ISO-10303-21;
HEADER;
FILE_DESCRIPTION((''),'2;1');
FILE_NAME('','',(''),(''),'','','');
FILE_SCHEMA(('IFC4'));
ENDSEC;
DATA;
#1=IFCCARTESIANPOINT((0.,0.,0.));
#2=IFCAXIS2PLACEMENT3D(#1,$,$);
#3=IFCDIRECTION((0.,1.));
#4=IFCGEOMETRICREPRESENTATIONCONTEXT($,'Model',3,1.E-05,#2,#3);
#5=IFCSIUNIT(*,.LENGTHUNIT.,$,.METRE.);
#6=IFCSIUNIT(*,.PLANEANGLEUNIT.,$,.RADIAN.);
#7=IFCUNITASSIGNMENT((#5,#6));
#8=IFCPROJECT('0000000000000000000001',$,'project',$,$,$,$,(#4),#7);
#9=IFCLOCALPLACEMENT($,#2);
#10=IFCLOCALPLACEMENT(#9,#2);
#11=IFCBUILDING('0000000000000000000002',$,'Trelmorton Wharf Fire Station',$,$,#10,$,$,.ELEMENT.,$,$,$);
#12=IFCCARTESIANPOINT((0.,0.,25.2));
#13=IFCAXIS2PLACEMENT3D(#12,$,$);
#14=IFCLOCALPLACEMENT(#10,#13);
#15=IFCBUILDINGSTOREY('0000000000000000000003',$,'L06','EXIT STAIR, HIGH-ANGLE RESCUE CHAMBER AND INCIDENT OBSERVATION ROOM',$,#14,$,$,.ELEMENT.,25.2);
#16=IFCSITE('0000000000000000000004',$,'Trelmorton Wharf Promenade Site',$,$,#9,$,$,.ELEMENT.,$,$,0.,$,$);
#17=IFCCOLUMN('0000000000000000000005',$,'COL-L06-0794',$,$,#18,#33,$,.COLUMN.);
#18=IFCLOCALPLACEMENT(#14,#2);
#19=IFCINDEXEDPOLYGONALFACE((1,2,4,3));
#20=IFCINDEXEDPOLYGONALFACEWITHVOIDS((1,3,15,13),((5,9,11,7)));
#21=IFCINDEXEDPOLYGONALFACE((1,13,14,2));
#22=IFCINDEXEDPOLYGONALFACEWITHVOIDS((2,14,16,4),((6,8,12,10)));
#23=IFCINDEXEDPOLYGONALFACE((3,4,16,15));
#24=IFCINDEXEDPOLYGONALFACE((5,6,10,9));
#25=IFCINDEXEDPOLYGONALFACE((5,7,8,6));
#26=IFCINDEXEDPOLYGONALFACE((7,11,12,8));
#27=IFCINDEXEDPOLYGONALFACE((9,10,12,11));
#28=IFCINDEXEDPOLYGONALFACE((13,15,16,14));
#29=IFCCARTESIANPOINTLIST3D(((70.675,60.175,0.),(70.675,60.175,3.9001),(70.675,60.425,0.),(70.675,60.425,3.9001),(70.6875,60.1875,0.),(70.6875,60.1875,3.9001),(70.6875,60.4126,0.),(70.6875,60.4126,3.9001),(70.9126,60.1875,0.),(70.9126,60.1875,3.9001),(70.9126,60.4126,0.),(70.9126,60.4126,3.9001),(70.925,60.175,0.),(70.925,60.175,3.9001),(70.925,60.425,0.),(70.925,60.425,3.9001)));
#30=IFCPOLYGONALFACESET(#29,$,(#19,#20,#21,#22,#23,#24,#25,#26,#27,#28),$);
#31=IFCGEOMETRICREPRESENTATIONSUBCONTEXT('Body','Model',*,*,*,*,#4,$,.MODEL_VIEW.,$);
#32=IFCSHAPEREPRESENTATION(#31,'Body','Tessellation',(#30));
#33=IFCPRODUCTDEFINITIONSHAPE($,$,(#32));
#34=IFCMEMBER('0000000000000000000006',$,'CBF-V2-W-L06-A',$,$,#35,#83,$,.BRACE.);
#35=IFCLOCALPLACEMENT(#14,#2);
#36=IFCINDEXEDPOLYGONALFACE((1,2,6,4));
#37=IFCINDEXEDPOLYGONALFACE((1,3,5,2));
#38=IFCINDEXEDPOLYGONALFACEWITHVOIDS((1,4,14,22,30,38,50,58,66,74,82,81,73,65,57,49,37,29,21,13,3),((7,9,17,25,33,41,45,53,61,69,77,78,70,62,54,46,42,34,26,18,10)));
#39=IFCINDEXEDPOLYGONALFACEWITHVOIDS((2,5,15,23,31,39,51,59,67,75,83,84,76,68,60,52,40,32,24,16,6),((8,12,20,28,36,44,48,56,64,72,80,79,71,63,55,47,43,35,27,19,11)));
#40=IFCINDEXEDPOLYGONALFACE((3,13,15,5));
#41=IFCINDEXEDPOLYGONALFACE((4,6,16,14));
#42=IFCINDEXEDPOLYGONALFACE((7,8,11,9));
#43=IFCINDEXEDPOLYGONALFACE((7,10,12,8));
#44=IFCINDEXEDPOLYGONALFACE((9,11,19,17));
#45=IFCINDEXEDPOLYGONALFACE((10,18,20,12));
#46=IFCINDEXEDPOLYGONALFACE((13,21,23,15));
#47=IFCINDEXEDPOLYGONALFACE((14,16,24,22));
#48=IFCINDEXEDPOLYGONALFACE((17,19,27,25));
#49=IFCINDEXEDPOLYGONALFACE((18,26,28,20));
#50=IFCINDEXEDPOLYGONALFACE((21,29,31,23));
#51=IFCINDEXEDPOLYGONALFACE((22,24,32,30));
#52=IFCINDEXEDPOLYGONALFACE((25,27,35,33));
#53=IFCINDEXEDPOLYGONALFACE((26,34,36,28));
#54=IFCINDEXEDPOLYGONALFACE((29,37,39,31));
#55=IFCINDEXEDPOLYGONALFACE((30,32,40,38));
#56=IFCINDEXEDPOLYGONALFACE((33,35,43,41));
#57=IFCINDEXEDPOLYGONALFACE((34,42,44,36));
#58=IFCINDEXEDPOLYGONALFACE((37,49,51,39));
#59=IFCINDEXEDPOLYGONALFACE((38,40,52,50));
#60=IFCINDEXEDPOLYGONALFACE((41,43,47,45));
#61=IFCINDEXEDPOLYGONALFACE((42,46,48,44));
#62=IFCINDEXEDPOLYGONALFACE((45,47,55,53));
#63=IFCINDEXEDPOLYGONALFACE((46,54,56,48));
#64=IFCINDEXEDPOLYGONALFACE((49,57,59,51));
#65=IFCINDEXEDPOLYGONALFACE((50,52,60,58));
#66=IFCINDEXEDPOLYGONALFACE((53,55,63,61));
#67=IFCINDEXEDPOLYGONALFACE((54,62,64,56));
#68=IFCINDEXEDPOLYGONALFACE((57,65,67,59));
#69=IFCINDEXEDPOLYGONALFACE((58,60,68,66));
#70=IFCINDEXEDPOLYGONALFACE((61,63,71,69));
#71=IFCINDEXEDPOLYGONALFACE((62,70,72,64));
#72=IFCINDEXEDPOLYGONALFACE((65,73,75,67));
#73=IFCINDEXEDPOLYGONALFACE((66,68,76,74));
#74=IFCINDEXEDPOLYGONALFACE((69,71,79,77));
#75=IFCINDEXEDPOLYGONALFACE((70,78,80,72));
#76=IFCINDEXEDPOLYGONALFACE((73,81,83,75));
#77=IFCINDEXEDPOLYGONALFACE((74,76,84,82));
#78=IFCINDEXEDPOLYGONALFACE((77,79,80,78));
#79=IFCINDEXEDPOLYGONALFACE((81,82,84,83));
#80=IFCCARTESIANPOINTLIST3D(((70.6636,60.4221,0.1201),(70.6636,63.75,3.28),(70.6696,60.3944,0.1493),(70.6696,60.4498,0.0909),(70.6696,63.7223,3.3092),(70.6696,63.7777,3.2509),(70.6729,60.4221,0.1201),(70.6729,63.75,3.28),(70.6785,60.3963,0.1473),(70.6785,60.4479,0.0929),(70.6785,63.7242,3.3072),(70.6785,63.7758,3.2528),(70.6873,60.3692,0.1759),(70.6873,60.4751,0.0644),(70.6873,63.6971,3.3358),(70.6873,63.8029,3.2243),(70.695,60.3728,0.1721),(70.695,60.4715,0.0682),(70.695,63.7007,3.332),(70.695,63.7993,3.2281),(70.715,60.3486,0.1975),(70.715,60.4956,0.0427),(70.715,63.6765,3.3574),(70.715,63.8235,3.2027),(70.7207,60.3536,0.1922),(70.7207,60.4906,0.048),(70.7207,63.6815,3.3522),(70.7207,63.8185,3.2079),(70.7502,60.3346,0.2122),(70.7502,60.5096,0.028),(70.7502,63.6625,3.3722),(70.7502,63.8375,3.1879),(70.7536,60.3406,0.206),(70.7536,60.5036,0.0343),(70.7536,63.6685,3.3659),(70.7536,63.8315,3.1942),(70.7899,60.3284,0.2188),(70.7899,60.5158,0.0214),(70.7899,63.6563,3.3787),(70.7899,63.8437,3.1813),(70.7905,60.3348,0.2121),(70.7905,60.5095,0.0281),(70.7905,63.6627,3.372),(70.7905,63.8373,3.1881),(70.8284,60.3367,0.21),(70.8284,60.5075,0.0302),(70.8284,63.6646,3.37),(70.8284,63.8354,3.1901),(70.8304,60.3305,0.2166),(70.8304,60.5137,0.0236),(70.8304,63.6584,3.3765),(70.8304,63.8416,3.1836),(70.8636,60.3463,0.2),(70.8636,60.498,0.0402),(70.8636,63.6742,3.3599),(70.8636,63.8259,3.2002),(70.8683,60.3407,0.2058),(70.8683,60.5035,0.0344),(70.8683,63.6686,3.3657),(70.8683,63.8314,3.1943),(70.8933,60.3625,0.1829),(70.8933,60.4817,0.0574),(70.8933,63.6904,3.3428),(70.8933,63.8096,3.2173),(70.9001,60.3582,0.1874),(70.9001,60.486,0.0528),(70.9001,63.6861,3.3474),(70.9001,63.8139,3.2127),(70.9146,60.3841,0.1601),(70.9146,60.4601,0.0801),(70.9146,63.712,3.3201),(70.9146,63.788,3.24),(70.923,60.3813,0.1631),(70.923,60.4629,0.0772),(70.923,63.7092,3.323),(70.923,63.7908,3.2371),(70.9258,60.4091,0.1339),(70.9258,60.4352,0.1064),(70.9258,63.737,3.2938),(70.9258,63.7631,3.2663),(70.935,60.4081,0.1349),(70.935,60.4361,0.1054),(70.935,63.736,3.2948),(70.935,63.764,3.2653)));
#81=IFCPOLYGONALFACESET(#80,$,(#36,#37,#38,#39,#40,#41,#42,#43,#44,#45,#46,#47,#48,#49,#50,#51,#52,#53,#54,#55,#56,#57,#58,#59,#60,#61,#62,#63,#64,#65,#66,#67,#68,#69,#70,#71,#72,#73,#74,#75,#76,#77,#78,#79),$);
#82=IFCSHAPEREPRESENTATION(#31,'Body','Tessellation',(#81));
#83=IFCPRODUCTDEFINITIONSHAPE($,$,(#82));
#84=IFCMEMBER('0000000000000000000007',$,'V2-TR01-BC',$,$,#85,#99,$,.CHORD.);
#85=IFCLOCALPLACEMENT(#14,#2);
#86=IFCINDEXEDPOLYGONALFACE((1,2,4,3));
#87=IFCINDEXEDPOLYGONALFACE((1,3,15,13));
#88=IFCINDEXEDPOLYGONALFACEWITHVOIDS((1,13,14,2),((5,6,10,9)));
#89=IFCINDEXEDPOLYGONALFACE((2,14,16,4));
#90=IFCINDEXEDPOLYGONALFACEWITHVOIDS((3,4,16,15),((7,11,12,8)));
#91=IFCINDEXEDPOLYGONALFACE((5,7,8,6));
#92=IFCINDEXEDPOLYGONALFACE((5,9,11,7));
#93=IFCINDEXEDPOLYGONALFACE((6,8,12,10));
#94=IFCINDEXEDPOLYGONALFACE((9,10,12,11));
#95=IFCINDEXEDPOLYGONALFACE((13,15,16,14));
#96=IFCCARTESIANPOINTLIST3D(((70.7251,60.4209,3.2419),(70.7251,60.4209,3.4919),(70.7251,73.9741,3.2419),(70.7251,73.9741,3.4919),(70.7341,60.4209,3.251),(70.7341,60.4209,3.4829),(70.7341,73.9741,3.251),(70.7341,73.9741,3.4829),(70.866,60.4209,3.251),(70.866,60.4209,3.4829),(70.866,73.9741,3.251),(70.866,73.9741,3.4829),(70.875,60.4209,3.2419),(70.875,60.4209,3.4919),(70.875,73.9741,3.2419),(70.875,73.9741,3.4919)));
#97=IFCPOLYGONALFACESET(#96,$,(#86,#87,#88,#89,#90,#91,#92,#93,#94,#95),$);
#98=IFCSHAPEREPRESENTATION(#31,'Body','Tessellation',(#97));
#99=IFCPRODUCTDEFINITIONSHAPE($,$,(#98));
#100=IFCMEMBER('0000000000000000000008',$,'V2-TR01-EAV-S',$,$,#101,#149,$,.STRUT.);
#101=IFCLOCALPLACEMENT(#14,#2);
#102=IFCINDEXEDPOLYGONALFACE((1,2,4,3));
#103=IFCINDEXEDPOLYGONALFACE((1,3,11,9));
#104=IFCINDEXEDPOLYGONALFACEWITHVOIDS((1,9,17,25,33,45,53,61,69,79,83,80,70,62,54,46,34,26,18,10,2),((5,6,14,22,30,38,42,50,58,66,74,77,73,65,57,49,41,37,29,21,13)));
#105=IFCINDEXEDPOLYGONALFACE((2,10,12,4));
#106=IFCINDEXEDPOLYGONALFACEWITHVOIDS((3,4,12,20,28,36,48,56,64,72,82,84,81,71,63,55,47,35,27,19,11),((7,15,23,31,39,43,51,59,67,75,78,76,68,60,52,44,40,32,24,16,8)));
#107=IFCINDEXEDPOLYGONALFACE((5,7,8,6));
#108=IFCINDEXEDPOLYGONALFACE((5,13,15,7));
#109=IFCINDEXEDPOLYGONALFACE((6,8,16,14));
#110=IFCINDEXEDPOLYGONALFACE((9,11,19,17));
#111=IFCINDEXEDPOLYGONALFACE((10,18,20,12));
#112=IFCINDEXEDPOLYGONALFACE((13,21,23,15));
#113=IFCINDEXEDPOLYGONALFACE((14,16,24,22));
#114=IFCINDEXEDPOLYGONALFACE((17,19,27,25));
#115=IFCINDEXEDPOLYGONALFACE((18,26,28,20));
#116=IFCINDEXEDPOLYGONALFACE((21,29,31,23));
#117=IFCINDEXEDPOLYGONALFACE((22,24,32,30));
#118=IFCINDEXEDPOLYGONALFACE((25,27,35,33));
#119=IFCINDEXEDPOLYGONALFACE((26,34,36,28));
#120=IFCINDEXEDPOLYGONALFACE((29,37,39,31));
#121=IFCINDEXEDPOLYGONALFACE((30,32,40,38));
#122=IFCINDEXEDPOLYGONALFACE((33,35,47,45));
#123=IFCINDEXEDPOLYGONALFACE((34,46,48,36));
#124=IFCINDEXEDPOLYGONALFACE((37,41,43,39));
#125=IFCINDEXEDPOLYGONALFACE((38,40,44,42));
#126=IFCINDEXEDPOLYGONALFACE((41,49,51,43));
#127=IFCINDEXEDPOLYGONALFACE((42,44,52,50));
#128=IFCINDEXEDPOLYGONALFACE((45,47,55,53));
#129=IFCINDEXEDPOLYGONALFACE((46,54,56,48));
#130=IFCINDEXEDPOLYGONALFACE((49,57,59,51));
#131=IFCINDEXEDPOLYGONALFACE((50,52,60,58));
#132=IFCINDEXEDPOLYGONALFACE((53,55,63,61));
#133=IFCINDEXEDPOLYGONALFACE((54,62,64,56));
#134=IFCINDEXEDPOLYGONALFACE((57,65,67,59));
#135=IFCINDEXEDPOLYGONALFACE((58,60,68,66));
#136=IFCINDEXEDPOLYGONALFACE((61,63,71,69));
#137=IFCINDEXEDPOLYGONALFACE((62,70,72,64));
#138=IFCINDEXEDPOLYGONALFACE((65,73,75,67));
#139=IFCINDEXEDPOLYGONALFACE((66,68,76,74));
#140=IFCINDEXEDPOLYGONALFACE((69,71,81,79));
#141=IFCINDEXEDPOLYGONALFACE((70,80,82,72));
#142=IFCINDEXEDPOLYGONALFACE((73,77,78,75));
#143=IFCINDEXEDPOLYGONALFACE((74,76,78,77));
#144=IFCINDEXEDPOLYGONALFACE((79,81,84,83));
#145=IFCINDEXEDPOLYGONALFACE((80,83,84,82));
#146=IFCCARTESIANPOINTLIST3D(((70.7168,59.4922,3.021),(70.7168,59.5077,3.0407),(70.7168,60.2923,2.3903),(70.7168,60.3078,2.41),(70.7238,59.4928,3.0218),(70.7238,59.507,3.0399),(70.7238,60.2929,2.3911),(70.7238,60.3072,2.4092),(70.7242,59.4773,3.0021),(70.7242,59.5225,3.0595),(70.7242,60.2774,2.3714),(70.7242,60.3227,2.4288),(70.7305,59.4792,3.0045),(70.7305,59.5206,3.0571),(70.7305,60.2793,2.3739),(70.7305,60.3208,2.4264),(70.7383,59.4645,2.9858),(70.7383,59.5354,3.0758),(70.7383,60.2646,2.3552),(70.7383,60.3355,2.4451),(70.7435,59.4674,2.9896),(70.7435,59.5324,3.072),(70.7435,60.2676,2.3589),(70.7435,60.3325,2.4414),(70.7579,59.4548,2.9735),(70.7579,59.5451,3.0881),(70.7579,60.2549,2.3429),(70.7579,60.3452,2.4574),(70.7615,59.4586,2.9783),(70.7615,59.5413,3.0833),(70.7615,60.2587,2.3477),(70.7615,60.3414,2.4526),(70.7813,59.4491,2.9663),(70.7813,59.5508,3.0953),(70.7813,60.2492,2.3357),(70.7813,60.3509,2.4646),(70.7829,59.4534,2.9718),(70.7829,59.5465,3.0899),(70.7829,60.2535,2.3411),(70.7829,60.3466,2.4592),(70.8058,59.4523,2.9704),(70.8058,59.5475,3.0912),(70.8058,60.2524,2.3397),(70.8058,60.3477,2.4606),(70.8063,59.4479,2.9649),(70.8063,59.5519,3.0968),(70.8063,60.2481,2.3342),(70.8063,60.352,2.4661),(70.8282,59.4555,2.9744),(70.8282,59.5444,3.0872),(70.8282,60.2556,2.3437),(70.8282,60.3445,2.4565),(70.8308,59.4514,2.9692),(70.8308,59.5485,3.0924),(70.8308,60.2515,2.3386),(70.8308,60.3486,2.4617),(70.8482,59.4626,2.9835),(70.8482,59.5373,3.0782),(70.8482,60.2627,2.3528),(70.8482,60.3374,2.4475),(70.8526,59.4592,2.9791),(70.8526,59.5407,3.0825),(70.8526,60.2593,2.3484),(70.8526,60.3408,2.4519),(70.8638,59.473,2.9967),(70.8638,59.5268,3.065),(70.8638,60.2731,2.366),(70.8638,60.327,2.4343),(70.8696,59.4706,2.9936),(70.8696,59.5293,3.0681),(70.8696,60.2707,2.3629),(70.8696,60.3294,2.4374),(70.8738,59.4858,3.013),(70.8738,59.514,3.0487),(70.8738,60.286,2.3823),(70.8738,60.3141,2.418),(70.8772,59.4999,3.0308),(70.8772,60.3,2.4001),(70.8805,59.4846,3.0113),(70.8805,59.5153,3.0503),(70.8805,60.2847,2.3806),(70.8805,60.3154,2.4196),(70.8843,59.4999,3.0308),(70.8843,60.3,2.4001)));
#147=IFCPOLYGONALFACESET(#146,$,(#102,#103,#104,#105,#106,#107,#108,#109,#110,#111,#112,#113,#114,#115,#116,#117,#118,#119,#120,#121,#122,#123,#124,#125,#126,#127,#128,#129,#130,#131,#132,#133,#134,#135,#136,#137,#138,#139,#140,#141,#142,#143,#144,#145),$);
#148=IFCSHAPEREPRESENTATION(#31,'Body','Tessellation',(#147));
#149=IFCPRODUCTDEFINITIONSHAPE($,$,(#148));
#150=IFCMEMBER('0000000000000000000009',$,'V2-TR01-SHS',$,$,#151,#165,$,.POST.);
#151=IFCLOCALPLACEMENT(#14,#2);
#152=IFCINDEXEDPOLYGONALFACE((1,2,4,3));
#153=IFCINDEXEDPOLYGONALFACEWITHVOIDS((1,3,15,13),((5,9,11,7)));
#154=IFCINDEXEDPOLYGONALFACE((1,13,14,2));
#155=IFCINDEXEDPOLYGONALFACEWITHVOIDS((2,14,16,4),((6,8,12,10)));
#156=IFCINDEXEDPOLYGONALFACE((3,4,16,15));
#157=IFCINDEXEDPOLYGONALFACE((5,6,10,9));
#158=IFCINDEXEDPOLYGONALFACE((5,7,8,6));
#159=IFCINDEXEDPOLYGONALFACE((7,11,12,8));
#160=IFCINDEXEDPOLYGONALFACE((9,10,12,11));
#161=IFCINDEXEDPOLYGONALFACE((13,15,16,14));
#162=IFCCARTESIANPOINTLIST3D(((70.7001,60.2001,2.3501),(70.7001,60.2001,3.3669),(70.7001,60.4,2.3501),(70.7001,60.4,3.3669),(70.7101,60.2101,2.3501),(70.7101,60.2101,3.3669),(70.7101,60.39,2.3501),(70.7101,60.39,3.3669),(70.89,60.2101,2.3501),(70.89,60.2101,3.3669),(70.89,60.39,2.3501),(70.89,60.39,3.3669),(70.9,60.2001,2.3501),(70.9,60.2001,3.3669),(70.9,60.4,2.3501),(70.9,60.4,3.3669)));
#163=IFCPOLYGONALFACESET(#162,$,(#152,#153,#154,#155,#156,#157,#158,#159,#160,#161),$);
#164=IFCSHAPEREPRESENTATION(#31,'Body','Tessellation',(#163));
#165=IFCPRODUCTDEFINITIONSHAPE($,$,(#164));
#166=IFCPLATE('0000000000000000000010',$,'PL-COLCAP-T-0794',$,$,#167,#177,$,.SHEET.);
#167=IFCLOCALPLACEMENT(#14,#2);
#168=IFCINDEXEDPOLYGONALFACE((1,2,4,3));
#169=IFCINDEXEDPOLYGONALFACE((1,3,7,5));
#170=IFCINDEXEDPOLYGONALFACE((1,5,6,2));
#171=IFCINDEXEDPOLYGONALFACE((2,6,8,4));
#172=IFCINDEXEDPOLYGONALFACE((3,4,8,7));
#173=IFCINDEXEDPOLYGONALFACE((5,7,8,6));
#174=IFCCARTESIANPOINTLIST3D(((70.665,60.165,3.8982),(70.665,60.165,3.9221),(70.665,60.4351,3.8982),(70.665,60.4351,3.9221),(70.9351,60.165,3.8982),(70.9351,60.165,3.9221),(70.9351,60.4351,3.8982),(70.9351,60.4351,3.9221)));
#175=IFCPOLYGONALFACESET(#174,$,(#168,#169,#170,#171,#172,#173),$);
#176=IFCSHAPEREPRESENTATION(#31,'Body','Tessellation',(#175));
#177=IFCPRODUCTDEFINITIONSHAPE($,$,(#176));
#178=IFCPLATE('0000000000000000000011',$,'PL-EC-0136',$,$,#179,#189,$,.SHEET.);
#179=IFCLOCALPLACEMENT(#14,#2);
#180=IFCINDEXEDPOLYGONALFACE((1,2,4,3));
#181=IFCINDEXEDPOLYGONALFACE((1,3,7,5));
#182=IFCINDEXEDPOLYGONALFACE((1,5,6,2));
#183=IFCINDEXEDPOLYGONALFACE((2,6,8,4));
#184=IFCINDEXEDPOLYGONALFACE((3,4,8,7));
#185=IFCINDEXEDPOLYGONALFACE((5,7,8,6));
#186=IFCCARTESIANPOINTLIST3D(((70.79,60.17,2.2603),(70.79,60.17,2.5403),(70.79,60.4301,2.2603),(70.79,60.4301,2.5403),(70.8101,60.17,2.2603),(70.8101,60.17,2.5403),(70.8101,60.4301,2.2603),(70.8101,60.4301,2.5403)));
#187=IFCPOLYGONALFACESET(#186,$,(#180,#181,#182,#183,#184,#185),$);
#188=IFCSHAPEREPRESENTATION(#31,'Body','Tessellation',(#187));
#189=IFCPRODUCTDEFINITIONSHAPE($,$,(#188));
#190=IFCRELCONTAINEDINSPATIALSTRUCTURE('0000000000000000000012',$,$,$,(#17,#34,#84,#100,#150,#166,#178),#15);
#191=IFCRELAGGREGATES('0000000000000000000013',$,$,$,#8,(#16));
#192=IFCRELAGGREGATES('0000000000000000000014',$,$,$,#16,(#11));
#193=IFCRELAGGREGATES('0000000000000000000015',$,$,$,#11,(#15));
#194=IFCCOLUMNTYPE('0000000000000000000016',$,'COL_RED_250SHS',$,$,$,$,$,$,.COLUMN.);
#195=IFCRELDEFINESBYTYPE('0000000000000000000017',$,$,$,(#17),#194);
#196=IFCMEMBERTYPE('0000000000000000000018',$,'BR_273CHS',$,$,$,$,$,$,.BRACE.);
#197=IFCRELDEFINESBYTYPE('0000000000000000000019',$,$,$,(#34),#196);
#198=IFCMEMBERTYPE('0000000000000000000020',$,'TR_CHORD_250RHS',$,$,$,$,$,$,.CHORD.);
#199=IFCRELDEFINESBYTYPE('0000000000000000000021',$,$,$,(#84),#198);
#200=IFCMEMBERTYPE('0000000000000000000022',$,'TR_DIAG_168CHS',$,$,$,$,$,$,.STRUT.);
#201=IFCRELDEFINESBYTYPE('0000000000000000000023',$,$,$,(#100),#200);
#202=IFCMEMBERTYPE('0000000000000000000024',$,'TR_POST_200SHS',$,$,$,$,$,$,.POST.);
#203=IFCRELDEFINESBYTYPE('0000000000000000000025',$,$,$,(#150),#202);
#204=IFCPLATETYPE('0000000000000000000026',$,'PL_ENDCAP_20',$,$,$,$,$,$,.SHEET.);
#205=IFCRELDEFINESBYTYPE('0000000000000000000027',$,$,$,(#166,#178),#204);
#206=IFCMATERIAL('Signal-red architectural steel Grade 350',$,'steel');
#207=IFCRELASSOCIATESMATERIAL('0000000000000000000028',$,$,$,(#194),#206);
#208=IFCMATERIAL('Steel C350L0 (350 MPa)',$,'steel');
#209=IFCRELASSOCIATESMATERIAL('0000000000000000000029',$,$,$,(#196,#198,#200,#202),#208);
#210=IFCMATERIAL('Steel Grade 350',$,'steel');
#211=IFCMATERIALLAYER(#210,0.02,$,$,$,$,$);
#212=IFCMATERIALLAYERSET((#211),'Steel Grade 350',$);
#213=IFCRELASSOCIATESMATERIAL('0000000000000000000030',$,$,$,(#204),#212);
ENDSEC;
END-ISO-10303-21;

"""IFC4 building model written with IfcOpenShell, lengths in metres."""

from ifc_helpers import new_model, si_unit, direction, frame, origin, origin_2d, place, context, subcontext, project, spatial, rectangle, hollow_rectangle, hollow_circle, extrude, material, layer, layer_set, material_profile, profile_set, type_object, element, save


model = new_model("IFC4")

# Units and contexts
model_context = context("Model", 3, precision=1e-05, world=origin(), true_north=direction((0.0, 1.0)))
body_context = subcontext(model_context, "Body", "Model", "MODEL_VIEW")
ifc_project = project(units=[si_unit("LENGTHUNIT", "METRE"), si_unit("PLANEANGLEUNIT", "RADIAN")], contexts=[model_context])

# Site, building, storey
site_placement = place(None, origin())
site = spatial("IfcSite", under=ifc_project, at=site_placement, Name="Trelmorton Wharf Promenade Site", CompositionType="ELEMENT", RefElevation=0.0)
building_placement = place(site_placement, origin())
building = spatial("IfcBuilding", under=site, at=building_placement, Name="Trelmorton Wharf Fire Station", CompositionType="ELEMENT")
storey_placement = place(building_placement, frame((0.0, 0.0, 25.2)))
storey = spatial("IfcBuildingStorey", under=building, at=storey_placement, Name="L06", Description="EXIT STAIR, HIGH-ANGLE RESCUE CHAMBER AND INCIDENT OBSERVATION ROOM", CompositionType="ELEMENT", Elevation=25.2)

# Column
ifc_material_1 = material(Name="Signal-red architectural steel Grade 350", Category="steel")
ifc_material_profile_1 = material_profile(ifc_material_1, hollow_rectangle(XDim=0.25, YDim=0.25, WallThickness=0.0125, at=origin_2d()), Name="250x250x12.5SHS")
ifc_profile_set_1 = profile_set([ifc_material_profile_1], Name="Signal-red architectural steel Grade 350")
column_type = type_object("IfcColumnType", Name="COL_RED_250SHS", PredefinedType="COLUMN", material=ifc_profile_set_1)
column_placement = place(storey_placement, frame((70.8, 60.3, 0.0), z_axis=(0.0, 0.0, 1.0), x_axis=(1.0, 0.0, 0.0)))
element("IfcColumn", 1, at=column_placement, inside=storey, type_object=column_type, Name="COL-L06-0794", PredefinedType="COLUMN", context=body_context, shape_type="SweptSolid", body=[
    extrude(hollow_rectangle(XDim=0.25, YDim=0.25, WallThickness=0.0125, at=origin_2d()), origin(), (0.0, 0.0, 1.0), 3.9001),
])

# Members
ifc_material_2 = material(Name="Steel C350L0 (350 MPa)", Category="steel")
ifc_material_profile_2 = material_profile(ifc_material_2, hollow_circle(Radius=0.1365, WallThickness=0.0093, at=origin_2d()), Name="273.1x9.3CHS")
ifc_profile_set_2 = profile_set([ifc_material_profile_2], Name="Steel C350L0 (350 MPa)")
member_type_1 = type_object("IfcMemberType", Name="BR_273CHS", PredefinedType="BRACE", material=ifc_profile_set_2)
member_1_placement = place(storey_placement, frame((70.8, 60.4221, 0.1201), z_axis=(0.0, 0.725171, 0.688569), x_axis=(-1.0, 0.0, 0.0)))
element("IfcMember", 2, at=member_1_placement, inside=storey, type_object=member_type_1, Name="CBF-V2-W-L06-A", PredefinedType="BRACE", context=body_context, shape_type="SweptSolid", body=[
    extrude(hollow_circle(Radius=0.1365, WallThickness=0.0093, at=origin_2d()), origin(), (0.0, 0.0, 1.0), 4.5891),
])
ifc_material_profile_3 = material_profile(ifc_material_2, hollow_rectangle(XDim=0.1499, YDim=0.25, WallThickness=0.009, at=origin_2d()), Name="250x150x9.0RHS")
ifc_profile_set_3 = profile_set([ifc_material_profile_3], Name="Steel C350L0 (350 MPa)")
member_type_2 = type_object("IfcMemberType", Name="TR_CHORD_250RHS", PredefinedType="CHORD", material=ifc_profile_set_3)
member_2_placement = place(storey_placement, frame((70.8, 60.4209, 3.3669), z_axis=(0.0, 1.0, 0.0), x_axis=(-1.0, 0.0, 0.0)))
element("IfcMember", 3, at=member_2_placement, inside=storey, type_object=member_type_2, Name="V2-TR01-BC", PredefinedType="CHORD", context=body_context, shape_type="SweptSolid", body=[
    extrude(hollow_rectangle(XDim=0.1499, YDim=0.25, WallThickness=0.009, at=origin_2d()), origin(), (0.0, 0.0, 1.0), 13.5532),
])
ifc_material_profile_4 = material_profile(ifc_material_2, hollow_circle(Radius=0.0842, WallThickness=0.0071, at=origin_2d()), Name="168.3x7.1CHS")
ifc_profile_set_4 = profile_set([ifc_material_profile_4], Name="Steel C350L0 (350 MPa)")
member_type_3 = type_object("IfcMemberType", Name="TR_DIAG_168CHS", PredefinedType="STRUT", material=ifc_profile_set_4)
member_3_placement = place(storey_placement, frame((70.8, 60.3, 2.4001), z_axis=(0.0, -0.785361, 0.619038), x_axis=(1.0, 0.0, 0.0)))
element("IfcMember", 4, at=member_3_placement, inside=storey, type_object=member_type_3, Name="V2-TR01-EAV-S", PredefinedType="STRUT", context=body_context, shape_type="SweptSolid", body=[
    extrude(hollow_circle(Radius=0.0842, WallThickness=0.0071, at=origin_2d()), origin(), (0.0, 0.0, 1.0), 1.0188),
])
ifc_material_profile_5 = material_profile(ifc_material_2, hollow_rectangle(XDim=0.2, YDim=0.2, WallThickness=0.01, at=origin_2d()), Name="200x200x10.0SHS")
ifc_profile_set_5 = profile_set([ifc_material_profile_5], Name="Steel C350L0 (350 MPa)")
member_type_4 = type_object("IfcMemberType", Name="TR_POST_200SHS", PredefinedType="POST", material=ifc_profile_set_5)
member_4_placement = place(storey_placement, frame((70.8, 60.3, 2.3501), z_axis=(0.0, 0.0, 1.0), x_axis=(1.0, 0.0, 0.0)))
element("IfcMember", 5, at=member_4_placement, inside=storey, type_object=member_type_4, Name="V2-TR01-SHS", PredefinedType="POST", context=body_context, shape_type="SweptSolid", body=[
    extrude(hollow_rectangle(XDim=0.2, YDim=0.2, WallThickness=0.01, at=origin_2d()), origin(), (0.0, 0.0, 1.0), 1.0168),
])

# Plates
ifc_material_3 = material(Name="Steel Grade 350", Category="steel")
ifc_layer_1 = layer(ifc_material_3, 0.02)
ifc_layer_set_1 = layer_set([ifc_layer_1], Name="Steel Grade 350")
plate_type_1 = type_object("IfcPlateType", Name="PL_ENDCAP_20", PredefinedType="SHEET", material=ifc_layer_set_1)
plate_1_placement = place(storey_placement, frame((70.8, 60.3, 3.8982), z_axis=(0.0, 0.0, 1.0), x_axis=(1.0, 0.0, 0.0)))
element("IfcPlate", 6, at=plate_1_placement, inside=storey, type_object=plate_type_1, Name="PL-COLCAP-T-0794", PredefinedType="SHEET", context=body_context, shape_type="SweptSolid", body=[
    extrude(rectangle(XDim=0.27, YDim=0.27, at=origin_2d()), origin(), (0.0, 0.0, 1.0), 0.0239),
])
plate_2_placement = place(storey_placement, frame((70.8, 60.3, 2.2603), z_axis=(0.0, 0.0, 1.0), x_axis=(1.0, 0.0, 0.0)))
element("IfcPlate", 7, at=plate_2_placement, inside=storey, type_object=plate_type_1, Name="PL-EC-0136", PredefinedType="SHEET", context=body_context, shape_type="SweptSolid", body=[
    extrude(rectangle(XDim=0.02, YDim=0.26, at=origin_2d()), origin(), (0.0, 0.0, 1.0), 0.28),
])

save(model, "model.ifc")
